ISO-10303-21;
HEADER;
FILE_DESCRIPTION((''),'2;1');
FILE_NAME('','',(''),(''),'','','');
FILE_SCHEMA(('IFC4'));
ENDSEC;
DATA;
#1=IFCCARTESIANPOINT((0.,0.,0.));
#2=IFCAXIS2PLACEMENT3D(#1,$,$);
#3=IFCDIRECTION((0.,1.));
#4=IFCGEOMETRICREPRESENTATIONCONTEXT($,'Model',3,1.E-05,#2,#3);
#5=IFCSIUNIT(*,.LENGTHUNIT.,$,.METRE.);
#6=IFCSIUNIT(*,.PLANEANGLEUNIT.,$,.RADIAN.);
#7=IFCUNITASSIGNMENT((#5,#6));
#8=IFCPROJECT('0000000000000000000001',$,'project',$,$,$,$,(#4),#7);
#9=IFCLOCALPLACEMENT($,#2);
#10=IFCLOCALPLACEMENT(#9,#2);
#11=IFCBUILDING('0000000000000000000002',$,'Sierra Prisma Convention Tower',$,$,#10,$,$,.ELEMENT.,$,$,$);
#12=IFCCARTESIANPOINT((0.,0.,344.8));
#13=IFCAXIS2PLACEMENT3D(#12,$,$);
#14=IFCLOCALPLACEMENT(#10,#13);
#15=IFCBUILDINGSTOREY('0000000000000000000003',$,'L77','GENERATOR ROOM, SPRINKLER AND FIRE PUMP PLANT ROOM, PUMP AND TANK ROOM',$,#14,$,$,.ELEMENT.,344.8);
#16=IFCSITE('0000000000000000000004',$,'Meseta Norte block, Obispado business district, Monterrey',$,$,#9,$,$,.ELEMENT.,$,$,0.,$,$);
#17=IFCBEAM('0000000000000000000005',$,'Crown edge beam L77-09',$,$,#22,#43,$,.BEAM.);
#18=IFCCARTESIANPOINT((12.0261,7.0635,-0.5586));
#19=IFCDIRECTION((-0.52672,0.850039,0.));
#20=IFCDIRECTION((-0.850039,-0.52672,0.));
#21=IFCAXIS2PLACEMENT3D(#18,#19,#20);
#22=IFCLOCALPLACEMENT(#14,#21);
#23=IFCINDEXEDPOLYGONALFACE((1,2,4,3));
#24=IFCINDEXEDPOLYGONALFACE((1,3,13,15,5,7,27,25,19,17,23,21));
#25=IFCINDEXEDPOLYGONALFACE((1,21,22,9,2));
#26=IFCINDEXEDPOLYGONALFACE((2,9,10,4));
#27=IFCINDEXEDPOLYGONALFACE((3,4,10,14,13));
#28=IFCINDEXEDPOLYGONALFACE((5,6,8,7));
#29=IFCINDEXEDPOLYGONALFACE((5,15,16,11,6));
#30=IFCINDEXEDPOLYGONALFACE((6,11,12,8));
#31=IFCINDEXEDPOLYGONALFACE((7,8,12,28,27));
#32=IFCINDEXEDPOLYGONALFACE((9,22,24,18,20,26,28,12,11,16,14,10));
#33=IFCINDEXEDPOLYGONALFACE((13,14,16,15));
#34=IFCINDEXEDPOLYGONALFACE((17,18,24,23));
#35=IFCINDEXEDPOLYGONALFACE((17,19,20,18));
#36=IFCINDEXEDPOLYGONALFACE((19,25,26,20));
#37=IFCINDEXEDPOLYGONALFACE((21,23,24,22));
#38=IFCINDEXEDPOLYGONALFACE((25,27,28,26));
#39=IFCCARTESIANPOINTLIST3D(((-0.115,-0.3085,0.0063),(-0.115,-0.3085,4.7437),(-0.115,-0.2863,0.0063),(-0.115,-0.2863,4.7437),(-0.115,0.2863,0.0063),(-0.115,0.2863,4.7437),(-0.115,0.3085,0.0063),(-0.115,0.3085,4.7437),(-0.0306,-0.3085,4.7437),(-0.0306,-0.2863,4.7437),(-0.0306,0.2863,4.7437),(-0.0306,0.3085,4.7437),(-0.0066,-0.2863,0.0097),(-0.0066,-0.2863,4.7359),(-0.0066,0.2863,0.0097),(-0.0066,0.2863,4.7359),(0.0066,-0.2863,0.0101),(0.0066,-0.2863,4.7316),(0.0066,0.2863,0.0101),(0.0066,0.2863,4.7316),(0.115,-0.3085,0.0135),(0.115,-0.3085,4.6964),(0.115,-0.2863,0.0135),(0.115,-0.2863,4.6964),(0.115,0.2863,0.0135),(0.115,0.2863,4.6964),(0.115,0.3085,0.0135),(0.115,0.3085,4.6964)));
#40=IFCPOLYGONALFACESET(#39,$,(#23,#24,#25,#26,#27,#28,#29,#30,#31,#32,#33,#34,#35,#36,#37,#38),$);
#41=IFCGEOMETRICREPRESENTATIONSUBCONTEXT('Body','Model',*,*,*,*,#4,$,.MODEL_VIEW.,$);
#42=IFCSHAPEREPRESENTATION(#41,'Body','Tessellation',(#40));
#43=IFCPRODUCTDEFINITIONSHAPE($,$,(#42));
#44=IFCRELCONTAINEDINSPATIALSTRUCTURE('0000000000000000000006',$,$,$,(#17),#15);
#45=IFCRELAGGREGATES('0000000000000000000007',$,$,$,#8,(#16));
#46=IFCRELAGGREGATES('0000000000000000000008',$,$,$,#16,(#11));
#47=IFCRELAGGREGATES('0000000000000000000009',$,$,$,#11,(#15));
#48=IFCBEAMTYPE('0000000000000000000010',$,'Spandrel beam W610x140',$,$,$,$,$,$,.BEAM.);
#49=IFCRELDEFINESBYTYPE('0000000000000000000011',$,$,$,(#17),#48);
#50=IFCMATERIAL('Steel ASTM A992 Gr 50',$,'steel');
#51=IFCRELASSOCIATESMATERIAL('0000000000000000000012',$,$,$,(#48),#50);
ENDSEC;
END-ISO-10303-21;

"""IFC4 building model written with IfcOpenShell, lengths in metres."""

from ifc_helpers import new_model, si_unit, direction, frame, origin, origin_2d, place, context, subcontext, project, spatial, i_section, extrude, clip, halfspace, material, material_profile, profile_set, type_object, element, save


model = new_model("IFC4")

# Units and contexts
model_context = context("Model", 3, precision=1e-05, world=origin(), true_north=direction((0.0, 1.0)))
body_context = subcontext(model_context, "Body", "Model", "MODEL_VIEW")
ifc_project = project(units=[si_unit("LENGTHUNIT", "METRE"), si_unit("PLANEANGLEUNIT", "RADIAN")], contexts=[model_context])

# Site, building, storey
site_placement = place(None, origin())
site = spatial("IfcSite", under=ifc_project, at=site_placement, Name="Meseta Norte block, Obispado business district, Monterrey", CompositionType="ELEMENT", RefElevation=0.0)
building_placement = place(site_placement, origin())
building = spatial("IfcBuilding", under=site, at=building_placement, Name="Sierra Prisma Convention Tower", CompositionType="ELEMENT")
storey_placement = place(building_placement, frame((0.0, 0.0, 344.8)))
storey = spatial("IfcBuildingStorey", under=building, at=storey_placement, Name="L77", Description="GENERATOR ROOM, SPRINKLER AND FIRE PUMP PLANT ROOM, PUMP AND TANK ROOM", CompositionType="ELEMENT", Elevation=344.8)

# Beam
ifc_material_1 = material(Name="Steel ASTM A992 Gr 50", Category="steel")
ifc_material_profile_1 = material_profile(ifc_material_1, i_section(OverallWidth=0.23, OverallDepth=0.6169, WebThickness=0.0132, FlangeThickness=0.0222, at=origin_2d()), Name="W610x140")
ifc_profile_set_1 = profile_set([ifc_material_profile_1], Name="Steel ASTM A992 Gr 50")
beam_type_1 = type_object("IfcBeamType", Name="Spandrel beam W610x140", PredefinedType="BEAM", material=ifc_profile_set_1)
beam_1_placement = place(storey_placement, frame((12.0261, 7.0635, -0.5586), z_axis=(-0.52672, 0.850039, 0.0), x_axis=(-0.850039, -0.52672, 0.0)))
element("IfcBeam", 1, at=beam_1_placement, inside=storey, type_object=beam_type_1, Name="Crown edge beam L77-09", PredefinedType="BEAM", context=body_context, shape_type="SweptSolid", body=[
    clip(clip(extrude(i_section(OverallWidth=0.23, OverallDepth=0.6169, WebThickness=0.0132, FlangeThickness=0.0222, at=origin_2d()), origin(), (0.0, 0.0, 1.0), 4.7437), halfspace(frame((-0.0034, 0.0, 0.0098), z_axis=(-0.031133, 0.0, 0.999515), x_axis=(0.999515, 0.0, 0.031133)), True)), halfspace(frame((-0.0352, 0.0, 4.7451), z_axis=(-0.308578, 0.0, -0.951199), x_axis=(0.951199, 0.0, -0.308578)), True)),
])

save(model, "model.ifc")
